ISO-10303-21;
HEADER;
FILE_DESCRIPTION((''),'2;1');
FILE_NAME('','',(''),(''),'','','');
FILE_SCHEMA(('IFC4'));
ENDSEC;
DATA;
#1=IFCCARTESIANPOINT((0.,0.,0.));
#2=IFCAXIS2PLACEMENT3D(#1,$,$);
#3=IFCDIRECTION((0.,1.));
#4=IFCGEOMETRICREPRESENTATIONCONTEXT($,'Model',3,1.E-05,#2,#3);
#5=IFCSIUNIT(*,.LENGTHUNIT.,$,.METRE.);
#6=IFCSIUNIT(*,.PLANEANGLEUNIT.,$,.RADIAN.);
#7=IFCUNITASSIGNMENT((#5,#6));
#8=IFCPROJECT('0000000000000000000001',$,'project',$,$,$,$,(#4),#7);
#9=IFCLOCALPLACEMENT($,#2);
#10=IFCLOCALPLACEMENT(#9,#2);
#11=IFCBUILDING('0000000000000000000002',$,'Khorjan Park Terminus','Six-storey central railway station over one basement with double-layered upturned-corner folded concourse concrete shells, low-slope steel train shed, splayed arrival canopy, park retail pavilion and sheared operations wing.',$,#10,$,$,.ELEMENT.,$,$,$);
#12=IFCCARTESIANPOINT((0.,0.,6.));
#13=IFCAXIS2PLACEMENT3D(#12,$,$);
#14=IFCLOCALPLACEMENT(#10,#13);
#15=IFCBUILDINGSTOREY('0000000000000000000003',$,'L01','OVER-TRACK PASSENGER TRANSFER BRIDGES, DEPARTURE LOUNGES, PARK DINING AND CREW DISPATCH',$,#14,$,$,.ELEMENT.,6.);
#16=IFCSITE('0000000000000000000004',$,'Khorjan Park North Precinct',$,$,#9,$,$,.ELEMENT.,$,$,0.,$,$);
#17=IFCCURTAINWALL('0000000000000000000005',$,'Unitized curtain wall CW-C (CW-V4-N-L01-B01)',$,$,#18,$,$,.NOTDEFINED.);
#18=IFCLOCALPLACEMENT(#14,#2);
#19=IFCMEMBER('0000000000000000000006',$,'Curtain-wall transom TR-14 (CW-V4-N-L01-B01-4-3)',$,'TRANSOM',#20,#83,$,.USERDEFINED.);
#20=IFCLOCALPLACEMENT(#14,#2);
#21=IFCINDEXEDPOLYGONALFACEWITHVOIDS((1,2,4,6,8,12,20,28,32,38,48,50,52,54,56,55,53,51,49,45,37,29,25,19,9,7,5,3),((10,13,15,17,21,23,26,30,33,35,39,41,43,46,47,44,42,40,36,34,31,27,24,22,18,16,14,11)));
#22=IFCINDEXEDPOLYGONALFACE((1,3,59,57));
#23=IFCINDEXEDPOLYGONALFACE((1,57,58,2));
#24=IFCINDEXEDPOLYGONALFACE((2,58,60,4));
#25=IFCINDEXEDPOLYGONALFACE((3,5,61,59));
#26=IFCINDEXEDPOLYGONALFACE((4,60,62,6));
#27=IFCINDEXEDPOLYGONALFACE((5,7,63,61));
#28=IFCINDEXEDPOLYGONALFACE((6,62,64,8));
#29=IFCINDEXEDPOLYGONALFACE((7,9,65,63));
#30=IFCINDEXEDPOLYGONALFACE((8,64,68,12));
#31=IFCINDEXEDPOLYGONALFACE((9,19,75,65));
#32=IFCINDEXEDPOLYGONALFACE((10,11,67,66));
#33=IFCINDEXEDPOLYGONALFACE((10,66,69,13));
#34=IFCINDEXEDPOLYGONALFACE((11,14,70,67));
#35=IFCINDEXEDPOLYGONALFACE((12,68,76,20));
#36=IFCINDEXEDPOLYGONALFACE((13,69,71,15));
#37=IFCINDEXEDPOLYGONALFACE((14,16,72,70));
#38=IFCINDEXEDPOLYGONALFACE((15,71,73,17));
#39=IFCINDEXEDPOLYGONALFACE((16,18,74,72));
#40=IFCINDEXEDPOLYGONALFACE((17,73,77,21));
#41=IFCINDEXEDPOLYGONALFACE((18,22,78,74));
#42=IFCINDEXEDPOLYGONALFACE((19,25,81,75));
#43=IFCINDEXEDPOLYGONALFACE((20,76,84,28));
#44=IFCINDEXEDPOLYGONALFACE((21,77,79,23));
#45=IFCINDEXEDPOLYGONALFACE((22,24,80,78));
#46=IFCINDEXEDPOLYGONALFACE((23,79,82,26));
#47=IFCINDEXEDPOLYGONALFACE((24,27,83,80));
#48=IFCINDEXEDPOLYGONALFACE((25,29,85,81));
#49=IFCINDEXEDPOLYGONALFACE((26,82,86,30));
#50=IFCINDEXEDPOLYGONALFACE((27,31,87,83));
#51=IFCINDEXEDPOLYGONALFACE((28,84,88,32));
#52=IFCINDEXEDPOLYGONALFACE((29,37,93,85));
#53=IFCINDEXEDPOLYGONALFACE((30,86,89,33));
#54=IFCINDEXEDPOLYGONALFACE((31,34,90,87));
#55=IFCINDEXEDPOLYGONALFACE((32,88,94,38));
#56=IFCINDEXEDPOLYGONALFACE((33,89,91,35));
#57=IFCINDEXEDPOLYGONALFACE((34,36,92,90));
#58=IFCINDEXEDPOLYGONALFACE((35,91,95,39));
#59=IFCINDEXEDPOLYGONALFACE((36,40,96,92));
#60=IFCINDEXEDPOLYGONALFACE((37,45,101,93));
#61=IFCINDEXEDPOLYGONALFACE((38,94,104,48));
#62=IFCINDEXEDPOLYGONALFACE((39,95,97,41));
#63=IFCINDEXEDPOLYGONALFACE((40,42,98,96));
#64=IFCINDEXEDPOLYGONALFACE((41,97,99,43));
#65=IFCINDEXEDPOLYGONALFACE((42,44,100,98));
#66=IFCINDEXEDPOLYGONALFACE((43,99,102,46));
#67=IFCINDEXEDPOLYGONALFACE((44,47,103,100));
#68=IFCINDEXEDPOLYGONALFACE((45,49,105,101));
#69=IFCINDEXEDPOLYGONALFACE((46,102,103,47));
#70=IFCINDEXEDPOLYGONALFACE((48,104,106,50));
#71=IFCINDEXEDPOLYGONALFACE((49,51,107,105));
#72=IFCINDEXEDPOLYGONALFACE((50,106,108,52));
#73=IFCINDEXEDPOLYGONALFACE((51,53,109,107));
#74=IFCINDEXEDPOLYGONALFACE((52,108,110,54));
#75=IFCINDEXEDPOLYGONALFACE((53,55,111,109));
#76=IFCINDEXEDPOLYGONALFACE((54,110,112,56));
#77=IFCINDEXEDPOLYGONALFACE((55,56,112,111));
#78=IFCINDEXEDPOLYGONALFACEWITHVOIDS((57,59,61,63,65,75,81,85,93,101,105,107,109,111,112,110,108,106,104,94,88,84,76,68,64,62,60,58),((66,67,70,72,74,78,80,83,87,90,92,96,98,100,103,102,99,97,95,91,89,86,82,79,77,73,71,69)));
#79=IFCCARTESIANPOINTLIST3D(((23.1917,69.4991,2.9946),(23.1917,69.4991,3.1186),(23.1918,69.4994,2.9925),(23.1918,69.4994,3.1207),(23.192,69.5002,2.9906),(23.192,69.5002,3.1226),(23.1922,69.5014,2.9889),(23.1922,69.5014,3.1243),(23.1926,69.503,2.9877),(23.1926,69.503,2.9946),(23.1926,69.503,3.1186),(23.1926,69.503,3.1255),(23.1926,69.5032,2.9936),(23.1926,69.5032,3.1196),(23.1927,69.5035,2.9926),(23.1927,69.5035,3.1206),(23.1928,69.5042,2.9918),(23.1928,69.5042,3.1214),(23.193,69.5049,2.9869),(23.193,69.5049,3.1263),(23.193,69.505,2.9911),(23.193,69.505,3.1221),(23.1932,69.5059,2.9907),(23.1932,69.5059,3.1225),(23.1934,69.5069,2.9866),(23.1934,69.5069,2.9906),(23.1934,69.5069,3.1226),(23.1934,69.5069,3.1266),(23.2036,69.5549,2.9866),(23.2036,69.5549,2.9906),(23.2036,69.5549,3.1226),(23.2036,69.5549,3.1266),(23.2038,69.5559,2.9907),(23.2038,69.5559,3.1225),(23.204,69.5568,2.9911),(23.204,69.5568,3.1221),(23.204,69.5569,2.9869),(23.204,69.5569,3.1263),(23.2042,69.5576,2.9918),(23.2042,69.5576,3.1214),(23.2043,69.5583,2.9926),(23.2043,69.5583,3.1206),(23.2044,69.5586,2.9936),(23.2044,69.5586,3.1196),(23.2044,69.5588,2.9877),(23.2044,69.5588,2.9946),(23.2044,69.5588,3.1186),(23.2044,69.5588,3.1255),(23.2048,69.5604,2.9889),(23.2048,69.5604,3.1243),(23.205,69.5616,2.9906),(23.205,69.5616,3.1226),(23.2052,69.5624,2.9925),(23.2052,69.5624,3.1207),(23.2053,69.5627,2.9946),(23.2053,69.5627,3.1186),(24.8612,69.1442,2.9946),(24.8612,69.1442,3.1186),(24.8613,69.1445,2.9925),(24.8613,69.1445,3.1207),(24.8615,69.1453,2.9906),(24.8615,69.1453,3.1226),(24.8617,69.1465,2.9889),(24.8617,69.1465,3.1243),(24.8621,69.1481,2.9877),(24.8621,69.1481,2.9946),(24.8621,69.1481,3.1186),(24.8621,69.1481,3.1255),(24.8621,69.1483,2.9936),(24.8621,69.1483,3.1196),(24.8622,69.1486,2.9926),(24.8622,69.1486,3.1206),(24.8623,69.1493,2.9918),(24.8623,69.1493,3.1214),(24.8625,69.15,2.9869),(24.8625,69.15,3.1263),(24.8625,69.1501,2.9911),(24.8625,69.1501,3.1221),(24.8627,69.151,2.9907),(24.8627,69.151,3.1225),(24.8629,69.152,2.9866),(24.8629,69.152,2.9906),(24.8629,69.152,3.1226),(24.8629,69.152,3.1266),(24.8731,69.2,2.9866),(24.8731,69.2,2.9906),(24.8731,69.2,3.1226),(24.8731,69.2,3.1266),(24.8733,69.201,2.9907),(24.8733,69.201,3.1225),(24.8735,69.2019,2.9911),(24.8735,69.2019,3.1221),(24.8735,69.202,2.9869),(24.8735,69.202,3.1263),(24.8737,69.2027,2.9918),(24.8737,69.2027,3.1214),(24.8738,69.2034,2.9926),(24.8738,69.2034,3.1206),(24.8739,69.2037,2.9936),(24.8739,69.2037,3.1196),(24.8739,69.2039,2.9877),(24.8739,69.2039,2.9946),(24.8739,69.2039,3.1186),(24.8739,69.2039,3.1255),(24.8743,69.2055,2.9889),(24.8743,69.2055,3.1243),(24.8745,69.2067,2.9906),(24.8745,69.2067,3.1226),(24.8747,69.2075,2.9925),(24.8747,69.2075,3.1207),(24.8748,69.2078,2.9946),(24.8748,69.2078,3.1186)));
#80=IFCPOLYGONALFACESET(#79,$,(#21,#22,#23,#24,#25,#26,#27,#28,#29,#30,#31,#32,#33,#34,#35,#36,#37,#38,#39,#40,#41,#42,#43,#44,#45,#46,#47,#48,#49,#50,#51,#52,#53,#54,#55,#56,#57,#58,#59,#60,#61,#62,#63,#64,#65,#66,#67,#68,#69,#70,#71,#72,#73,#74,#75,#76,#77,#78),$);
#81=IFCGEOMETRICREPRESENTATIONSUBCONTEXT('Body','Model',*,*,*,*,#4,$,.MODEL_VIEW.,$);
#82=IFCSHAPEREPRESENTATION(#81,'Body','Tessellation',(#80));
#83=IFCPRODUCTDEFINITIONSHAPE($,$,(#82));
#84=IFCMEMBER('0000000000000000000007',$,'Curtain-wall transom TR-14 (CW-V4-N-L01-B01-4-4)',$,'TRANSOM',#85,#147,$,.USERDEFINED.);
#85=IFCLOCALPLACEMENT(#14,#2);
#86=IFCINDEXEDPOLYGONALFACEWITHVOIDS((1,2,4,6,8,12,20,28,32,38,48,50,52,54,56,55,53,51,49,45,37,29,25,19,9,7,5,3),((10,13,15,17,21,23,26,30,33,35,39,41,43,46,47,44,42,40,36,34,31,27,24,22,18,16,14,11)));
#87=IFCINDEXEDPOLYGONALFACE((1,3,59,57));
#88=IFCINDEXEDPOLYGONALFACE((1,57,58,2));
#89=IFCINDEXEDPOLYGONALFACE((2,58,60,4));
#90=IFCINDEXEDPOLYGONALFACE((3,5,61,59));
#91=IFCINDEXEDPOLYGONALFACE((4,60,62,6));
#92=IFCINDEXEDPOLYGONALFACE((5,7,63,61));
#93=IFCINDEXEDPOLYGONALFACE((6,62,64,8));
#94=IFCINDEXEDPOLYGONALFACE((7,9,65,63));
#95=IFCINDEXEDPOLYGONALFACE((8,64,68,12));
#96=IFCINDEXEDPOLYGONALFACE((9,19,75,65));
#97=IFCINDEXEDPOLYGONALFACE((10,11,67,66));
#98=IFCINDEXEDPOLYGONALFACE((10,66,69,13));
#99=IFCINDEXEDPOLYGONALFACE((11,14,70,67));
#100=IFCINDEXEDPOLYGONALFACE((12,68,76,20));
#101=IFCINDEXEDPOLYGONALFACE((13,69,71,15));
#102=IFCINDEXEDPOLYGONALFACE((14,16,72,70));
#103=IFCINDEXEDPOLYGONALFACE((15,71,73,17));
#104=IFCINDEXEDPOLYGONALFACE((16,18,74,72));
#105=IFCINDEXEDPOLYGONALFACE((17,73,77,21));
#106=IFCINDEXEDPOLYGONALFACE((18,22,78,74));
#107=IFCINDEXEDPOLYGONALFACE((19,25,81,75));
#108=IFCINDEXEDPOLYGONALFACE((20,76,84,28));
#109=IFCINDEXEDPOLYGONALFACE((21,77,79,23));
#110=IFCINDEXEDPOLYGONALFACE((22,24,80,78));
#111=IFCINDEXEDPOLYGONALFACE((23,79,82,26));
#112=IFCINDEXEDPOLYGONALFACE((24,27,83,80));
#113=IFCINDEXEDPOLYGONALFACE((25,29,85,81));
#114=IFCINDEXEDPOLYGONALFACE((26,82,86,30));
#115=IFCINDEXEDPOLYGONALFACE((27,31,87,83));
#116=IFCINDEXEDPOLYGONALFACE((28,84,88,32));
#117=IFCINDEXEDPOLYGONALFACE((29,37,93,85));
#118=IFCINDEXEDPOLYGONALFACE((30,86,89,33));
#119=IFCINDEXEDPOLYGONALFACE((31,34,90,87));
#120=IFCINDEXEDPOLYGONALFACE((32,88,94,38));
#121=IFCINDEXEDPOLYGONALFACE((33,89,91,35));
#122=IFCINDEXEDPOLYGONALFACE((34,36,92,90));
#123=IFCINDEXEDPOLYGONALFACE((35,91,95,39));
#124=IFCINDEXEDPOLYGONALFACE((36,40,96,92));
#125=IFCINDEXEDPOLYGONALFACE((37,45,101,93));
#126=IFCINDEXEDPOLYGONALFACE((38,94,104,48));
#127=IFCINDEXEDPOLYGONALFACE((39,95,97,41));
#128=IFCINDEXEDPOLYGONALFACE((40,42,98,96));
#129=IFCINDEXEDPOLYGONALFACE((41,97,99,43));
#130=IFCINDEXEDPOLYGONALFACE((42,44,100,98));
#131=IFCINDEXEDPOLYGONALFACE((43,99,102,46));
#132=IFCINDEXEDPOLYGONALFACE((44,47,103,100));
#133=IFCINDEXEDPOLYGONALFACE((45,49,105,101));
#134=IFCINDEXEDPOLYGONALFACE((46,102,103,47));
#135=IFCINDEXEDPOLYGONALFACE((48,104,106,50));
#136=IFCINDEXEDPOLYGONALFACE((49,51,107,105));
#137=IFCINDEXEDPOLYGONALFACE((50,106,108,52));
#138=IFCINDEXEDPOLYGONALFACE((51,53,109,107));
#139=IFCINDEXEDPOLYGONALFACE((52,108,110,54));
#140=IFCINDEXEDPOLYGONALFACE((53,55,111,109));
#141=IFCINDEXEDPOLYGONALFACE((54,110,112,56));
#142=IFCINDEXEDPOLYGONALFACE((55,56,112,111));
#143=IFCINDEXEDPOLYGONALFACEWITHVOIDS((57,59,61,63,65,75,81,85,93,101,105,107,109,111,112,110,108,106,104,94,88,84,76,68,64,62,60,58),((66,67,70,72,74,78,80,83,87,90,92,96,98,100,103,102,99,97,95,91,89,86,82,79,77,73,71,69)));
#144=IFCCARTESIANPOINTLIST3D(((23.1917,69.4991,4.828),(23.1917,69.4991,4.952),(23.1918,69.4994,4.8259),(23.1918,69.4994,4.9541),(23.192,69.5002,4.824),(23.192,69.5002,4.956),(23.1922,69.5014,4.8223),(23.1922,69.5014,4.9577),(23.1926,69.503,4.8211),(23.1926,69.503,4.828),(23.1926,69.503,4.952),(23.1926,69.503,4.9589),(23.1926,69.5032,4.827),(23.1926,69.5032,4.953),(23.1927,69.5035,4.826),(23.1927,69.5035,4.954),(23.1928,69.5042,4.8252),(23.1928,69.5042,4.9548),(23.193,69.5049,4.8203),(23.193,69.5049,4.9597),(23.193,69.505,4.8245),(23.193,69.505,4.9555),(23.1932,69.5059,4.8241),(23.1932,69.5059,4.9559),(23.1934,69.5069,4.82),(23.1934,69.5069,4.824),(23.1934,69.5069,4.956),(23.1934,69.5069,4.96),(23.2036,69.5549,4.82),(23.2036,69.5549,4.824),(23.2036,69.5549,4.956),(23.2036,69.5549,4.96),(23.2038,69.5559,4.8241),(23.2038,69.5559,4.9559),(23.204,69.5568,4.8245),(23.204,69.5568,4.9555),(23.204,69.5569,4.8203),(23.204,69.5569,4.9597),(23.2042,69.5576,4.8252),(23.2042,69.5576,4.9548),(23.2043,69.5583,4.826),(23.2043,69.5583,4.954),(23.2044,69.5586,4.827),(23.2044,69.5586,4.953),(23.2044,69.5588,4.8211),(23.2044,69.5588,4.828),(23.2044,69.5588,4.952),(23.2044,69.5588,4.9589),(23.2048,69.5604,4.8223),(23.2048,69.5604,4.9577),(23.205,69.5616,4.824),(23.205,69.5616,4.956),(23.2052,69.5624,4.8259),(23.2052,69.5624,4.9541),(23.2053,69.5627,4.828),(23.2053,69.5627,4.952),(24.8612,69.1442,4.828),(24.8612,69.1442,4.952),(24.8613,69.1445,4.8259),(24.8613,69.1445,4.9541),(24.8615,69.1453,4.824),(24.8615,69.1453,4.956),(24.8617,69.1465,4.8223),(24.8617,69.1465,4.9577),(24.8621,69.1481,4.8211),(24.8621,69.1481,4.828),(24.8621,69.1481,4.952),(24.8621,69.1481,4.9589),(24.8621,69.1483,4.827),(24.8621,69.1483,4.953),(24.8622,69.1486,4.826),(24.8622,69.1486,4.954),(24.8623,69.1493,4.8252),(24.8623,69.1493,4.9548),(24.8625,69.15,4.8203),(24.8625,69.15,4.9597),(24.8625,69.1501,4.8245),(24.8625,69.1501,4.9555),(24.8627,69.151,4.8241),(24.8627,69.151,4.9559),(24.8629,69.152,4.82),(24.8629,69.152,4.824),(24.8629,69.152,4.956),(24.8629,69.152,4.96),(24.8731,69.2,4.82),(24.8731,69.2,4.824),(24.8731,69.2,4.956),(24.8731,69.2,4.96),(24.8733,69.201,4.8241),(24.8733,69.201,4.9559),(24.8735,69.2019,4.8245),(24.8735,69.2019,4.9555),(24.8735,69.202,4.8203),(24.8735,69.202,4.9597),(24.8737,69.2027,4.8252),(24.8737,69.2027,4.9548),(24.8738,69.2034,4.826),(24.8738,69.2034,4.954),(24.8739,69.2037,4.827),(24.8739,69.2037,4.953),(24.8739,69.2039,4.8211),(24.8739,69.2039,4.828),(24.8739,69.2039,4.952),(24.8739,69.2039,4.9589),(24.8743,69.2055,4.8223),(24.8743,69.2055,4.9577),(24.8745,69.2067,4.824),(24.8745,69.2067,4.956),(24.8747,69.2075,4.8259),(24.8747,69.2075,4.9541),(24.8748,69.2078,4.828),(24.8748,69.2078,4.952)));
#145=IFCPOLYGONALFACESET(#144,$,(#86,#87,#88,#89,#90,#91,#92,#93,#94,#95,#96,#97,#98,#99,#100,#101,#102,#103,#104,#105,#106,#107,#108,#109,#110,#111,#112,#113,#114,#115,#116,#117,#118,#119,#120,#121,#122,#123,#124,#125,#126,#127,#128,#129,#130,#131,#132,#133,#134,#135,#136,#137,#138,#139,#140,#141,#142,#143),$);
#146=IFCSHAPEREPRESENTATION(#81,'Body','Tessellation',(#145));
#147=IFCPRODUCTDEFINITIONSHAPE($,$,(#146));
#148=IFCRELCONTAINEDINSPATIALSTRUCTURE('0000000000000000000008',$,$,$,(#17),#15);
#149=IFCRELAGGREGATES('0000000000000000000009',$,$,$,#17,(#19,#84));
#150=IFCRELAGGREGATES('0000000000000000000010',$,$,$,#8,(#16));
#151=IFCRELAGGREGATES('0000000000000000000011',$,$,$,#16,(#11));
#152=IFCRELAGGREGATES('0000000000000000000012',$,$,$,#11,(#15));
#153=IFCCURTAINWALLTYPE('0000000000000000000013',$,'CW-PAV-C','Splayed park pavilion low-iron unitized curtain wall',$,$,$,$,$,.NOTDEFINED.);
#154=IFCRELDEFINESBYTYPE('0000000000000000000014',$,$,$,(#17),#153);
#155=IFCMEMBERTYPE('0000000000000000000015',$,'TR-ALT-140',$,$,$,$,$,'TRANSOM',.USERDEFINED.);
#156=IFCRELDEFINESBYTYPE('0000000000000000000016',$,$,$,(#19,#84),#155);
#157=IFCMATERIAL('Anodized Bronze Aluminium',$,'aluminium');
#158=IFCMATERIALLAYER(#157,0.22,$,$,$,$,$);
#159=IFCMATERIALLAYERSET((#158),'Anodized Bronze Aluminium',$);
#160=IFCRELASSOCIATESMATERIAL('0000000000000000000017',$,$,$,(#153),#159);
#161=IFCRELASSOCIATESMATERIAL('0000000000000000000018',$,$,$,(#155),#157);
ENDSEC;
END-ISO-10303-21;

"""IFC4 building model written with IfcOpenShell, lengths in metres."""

from ifc_helpers import new_model, si_unit, direction, frame, origin, origin_2d, place, context, subcontext, project, spatial, hollow_rectangle, extrude, material, layer, layer_set, material_profile, profile_set, type_object, element, aggregate, save


model = new_model("IFC4")

# Units and contexts
model_context = context("Model", 3, precision=1e-05, world=origin(), true_north=direction((0.0, 1.0)))
body_context = subcontext(model_context, "Body", "Model", "MODEL_VIEW")
ifc_project = project(units=[si_unit("LENGTHUNIT", "METRE"), si_unit("PLANEANGLEUNIT", "RADIAN")], contexts=[model_context])

# Site, building, storey
site_placement = place(None, origin())
site = spatial("IfcSite", under=ifc_project, at=site_placement, Name="Khorjan Park North Precinct", CompositionType="ELEMENT", RefElevation=0.0)
building_placement = place(site_placement, origin())
building = spatial("IfcBuilding", under=site, at=building_placement, Name="Khorjan Park Terminus", Description="Six-storey central railway station over one basement with double-layered upturned-corner folded concourse concrete shells, low-slope steel train shed, splayed arrival canopy, park retail pavilion and sheared operations wing.", CompositionType="ELEMENT")
storey_placement = place(building_placement, frame((0.0, 0.0, 6.0)))
storey = spatial("IfcBuildingStorey", under=building, at=storey_placement, Name="L01", Description="OVER-TRACK PASSENGER TRANSFER BRIDGES, DEPARTURE LOUNGES, PARK DINING AND CREW DISPATCH", CompositionType="ELEMENT", Elevation=6.0)

# Curtain wall, members
ifc_material_1 = material(Name="Anodized Bronze Aluminium", Category="aluminium")
ifc_layer_1 = layer(ifc_material_1, 0.22)
ifc_layer_set_1 = layer_set([ifc_layer_1], Name="Anodized Bronze Aluminium")
curtain_wall_type = type_object("IfcCurtainWallType", Name="CW-PAV-C", Description="Splayed park pavilion low-iron unitized curtain wall", PredefinedType="NOTDEFINED", material=ifc_layer_set_1)
curtain_wall_placement = place(storey_placement, origin())
curtain_wall = element("IfcCurtainWall", 1, at=curtain_wall_placement, inside=storey, type_object=curtain_wall_type, Name="Unitized curtain wall CW-C (CW-V4-N-L01-B01)", PredefinedType="NOTDEFINED")
ifc_material_profile_1 = material_profile(ifc_material_1, hollow_rectangle(XDim=0.065, YDim=0.14, WallThickness=0.004, InnerFilletRadius=0.004, OuterFilletRadius=0.008, at=origin_2d()), Name="ALT 65x140x4")
ifc_profile_set_1 = profile_set([ifc_material_profile_1], Name="Anodized Bronze Aluminium")
member_type_1 = type_object("IfcMemberType", Name="TR-ALT-140", ElementType="TRANSOM", PredefinedType="USERDEFINED", material=ifc_profile_set_1)
member_1_placement = place(storey_placement, frame((24.868, 69.176, 3.0566), z_axis=(-0.978143, 0.207932, 0.0), x_axis=(-0.207932, -0.978143, 0.0)))
member_1 = element("IfcMember", 2, at=member_1_placement, type_object=member_type_1, Name="Curtain-wall transom TR-14 (CW-V4-N-L01-B01-4-3)", ObjectType="TRANSOM", PredefinedType="USERDEFINED", context=body_context, shape_type="SweptSolid", body=[
    extrude(hollow_rectangle(XDim=0.065, YDim=0.14, WallThickness=0.004, InnerFilletRadius=0.004, OuterFilletRadius=0.008, at=origin_2d()), origin(), (0.0, 0.0, 1.0), 1.7068),
])
member_2_placement = place(storey_placement, frame((24.868, 69.176, 4.89), z_axis=(-0.978143, 0.207932, 0.0), x_axis=(-0.207932, -0.978143, 0.0)))
member_2 = element("IfcMember", 3, at=member_2_placement, type_object=member_type_1, Name="Curtain-wall transom TR-14 (CW-V4-N-L01-B01-4-4)", ObjectType="TRANSOM", PredefinedType="USERDEFINED", context=body_context, shape_type="SweptSolid", body=[
    extrude(hollow_rectangle(XDim=0.065, YDim=0.14, WallThickness=0.004, InnerFilletRadius=0.004, OuterFilletRadius=0.008, at=origin_2d()), origin(), (0.0, 0.0, 1.0), 1.7068),
])
aggregate(curtain_wall, [member_1, member_2])

save(model, "model.ifc")
